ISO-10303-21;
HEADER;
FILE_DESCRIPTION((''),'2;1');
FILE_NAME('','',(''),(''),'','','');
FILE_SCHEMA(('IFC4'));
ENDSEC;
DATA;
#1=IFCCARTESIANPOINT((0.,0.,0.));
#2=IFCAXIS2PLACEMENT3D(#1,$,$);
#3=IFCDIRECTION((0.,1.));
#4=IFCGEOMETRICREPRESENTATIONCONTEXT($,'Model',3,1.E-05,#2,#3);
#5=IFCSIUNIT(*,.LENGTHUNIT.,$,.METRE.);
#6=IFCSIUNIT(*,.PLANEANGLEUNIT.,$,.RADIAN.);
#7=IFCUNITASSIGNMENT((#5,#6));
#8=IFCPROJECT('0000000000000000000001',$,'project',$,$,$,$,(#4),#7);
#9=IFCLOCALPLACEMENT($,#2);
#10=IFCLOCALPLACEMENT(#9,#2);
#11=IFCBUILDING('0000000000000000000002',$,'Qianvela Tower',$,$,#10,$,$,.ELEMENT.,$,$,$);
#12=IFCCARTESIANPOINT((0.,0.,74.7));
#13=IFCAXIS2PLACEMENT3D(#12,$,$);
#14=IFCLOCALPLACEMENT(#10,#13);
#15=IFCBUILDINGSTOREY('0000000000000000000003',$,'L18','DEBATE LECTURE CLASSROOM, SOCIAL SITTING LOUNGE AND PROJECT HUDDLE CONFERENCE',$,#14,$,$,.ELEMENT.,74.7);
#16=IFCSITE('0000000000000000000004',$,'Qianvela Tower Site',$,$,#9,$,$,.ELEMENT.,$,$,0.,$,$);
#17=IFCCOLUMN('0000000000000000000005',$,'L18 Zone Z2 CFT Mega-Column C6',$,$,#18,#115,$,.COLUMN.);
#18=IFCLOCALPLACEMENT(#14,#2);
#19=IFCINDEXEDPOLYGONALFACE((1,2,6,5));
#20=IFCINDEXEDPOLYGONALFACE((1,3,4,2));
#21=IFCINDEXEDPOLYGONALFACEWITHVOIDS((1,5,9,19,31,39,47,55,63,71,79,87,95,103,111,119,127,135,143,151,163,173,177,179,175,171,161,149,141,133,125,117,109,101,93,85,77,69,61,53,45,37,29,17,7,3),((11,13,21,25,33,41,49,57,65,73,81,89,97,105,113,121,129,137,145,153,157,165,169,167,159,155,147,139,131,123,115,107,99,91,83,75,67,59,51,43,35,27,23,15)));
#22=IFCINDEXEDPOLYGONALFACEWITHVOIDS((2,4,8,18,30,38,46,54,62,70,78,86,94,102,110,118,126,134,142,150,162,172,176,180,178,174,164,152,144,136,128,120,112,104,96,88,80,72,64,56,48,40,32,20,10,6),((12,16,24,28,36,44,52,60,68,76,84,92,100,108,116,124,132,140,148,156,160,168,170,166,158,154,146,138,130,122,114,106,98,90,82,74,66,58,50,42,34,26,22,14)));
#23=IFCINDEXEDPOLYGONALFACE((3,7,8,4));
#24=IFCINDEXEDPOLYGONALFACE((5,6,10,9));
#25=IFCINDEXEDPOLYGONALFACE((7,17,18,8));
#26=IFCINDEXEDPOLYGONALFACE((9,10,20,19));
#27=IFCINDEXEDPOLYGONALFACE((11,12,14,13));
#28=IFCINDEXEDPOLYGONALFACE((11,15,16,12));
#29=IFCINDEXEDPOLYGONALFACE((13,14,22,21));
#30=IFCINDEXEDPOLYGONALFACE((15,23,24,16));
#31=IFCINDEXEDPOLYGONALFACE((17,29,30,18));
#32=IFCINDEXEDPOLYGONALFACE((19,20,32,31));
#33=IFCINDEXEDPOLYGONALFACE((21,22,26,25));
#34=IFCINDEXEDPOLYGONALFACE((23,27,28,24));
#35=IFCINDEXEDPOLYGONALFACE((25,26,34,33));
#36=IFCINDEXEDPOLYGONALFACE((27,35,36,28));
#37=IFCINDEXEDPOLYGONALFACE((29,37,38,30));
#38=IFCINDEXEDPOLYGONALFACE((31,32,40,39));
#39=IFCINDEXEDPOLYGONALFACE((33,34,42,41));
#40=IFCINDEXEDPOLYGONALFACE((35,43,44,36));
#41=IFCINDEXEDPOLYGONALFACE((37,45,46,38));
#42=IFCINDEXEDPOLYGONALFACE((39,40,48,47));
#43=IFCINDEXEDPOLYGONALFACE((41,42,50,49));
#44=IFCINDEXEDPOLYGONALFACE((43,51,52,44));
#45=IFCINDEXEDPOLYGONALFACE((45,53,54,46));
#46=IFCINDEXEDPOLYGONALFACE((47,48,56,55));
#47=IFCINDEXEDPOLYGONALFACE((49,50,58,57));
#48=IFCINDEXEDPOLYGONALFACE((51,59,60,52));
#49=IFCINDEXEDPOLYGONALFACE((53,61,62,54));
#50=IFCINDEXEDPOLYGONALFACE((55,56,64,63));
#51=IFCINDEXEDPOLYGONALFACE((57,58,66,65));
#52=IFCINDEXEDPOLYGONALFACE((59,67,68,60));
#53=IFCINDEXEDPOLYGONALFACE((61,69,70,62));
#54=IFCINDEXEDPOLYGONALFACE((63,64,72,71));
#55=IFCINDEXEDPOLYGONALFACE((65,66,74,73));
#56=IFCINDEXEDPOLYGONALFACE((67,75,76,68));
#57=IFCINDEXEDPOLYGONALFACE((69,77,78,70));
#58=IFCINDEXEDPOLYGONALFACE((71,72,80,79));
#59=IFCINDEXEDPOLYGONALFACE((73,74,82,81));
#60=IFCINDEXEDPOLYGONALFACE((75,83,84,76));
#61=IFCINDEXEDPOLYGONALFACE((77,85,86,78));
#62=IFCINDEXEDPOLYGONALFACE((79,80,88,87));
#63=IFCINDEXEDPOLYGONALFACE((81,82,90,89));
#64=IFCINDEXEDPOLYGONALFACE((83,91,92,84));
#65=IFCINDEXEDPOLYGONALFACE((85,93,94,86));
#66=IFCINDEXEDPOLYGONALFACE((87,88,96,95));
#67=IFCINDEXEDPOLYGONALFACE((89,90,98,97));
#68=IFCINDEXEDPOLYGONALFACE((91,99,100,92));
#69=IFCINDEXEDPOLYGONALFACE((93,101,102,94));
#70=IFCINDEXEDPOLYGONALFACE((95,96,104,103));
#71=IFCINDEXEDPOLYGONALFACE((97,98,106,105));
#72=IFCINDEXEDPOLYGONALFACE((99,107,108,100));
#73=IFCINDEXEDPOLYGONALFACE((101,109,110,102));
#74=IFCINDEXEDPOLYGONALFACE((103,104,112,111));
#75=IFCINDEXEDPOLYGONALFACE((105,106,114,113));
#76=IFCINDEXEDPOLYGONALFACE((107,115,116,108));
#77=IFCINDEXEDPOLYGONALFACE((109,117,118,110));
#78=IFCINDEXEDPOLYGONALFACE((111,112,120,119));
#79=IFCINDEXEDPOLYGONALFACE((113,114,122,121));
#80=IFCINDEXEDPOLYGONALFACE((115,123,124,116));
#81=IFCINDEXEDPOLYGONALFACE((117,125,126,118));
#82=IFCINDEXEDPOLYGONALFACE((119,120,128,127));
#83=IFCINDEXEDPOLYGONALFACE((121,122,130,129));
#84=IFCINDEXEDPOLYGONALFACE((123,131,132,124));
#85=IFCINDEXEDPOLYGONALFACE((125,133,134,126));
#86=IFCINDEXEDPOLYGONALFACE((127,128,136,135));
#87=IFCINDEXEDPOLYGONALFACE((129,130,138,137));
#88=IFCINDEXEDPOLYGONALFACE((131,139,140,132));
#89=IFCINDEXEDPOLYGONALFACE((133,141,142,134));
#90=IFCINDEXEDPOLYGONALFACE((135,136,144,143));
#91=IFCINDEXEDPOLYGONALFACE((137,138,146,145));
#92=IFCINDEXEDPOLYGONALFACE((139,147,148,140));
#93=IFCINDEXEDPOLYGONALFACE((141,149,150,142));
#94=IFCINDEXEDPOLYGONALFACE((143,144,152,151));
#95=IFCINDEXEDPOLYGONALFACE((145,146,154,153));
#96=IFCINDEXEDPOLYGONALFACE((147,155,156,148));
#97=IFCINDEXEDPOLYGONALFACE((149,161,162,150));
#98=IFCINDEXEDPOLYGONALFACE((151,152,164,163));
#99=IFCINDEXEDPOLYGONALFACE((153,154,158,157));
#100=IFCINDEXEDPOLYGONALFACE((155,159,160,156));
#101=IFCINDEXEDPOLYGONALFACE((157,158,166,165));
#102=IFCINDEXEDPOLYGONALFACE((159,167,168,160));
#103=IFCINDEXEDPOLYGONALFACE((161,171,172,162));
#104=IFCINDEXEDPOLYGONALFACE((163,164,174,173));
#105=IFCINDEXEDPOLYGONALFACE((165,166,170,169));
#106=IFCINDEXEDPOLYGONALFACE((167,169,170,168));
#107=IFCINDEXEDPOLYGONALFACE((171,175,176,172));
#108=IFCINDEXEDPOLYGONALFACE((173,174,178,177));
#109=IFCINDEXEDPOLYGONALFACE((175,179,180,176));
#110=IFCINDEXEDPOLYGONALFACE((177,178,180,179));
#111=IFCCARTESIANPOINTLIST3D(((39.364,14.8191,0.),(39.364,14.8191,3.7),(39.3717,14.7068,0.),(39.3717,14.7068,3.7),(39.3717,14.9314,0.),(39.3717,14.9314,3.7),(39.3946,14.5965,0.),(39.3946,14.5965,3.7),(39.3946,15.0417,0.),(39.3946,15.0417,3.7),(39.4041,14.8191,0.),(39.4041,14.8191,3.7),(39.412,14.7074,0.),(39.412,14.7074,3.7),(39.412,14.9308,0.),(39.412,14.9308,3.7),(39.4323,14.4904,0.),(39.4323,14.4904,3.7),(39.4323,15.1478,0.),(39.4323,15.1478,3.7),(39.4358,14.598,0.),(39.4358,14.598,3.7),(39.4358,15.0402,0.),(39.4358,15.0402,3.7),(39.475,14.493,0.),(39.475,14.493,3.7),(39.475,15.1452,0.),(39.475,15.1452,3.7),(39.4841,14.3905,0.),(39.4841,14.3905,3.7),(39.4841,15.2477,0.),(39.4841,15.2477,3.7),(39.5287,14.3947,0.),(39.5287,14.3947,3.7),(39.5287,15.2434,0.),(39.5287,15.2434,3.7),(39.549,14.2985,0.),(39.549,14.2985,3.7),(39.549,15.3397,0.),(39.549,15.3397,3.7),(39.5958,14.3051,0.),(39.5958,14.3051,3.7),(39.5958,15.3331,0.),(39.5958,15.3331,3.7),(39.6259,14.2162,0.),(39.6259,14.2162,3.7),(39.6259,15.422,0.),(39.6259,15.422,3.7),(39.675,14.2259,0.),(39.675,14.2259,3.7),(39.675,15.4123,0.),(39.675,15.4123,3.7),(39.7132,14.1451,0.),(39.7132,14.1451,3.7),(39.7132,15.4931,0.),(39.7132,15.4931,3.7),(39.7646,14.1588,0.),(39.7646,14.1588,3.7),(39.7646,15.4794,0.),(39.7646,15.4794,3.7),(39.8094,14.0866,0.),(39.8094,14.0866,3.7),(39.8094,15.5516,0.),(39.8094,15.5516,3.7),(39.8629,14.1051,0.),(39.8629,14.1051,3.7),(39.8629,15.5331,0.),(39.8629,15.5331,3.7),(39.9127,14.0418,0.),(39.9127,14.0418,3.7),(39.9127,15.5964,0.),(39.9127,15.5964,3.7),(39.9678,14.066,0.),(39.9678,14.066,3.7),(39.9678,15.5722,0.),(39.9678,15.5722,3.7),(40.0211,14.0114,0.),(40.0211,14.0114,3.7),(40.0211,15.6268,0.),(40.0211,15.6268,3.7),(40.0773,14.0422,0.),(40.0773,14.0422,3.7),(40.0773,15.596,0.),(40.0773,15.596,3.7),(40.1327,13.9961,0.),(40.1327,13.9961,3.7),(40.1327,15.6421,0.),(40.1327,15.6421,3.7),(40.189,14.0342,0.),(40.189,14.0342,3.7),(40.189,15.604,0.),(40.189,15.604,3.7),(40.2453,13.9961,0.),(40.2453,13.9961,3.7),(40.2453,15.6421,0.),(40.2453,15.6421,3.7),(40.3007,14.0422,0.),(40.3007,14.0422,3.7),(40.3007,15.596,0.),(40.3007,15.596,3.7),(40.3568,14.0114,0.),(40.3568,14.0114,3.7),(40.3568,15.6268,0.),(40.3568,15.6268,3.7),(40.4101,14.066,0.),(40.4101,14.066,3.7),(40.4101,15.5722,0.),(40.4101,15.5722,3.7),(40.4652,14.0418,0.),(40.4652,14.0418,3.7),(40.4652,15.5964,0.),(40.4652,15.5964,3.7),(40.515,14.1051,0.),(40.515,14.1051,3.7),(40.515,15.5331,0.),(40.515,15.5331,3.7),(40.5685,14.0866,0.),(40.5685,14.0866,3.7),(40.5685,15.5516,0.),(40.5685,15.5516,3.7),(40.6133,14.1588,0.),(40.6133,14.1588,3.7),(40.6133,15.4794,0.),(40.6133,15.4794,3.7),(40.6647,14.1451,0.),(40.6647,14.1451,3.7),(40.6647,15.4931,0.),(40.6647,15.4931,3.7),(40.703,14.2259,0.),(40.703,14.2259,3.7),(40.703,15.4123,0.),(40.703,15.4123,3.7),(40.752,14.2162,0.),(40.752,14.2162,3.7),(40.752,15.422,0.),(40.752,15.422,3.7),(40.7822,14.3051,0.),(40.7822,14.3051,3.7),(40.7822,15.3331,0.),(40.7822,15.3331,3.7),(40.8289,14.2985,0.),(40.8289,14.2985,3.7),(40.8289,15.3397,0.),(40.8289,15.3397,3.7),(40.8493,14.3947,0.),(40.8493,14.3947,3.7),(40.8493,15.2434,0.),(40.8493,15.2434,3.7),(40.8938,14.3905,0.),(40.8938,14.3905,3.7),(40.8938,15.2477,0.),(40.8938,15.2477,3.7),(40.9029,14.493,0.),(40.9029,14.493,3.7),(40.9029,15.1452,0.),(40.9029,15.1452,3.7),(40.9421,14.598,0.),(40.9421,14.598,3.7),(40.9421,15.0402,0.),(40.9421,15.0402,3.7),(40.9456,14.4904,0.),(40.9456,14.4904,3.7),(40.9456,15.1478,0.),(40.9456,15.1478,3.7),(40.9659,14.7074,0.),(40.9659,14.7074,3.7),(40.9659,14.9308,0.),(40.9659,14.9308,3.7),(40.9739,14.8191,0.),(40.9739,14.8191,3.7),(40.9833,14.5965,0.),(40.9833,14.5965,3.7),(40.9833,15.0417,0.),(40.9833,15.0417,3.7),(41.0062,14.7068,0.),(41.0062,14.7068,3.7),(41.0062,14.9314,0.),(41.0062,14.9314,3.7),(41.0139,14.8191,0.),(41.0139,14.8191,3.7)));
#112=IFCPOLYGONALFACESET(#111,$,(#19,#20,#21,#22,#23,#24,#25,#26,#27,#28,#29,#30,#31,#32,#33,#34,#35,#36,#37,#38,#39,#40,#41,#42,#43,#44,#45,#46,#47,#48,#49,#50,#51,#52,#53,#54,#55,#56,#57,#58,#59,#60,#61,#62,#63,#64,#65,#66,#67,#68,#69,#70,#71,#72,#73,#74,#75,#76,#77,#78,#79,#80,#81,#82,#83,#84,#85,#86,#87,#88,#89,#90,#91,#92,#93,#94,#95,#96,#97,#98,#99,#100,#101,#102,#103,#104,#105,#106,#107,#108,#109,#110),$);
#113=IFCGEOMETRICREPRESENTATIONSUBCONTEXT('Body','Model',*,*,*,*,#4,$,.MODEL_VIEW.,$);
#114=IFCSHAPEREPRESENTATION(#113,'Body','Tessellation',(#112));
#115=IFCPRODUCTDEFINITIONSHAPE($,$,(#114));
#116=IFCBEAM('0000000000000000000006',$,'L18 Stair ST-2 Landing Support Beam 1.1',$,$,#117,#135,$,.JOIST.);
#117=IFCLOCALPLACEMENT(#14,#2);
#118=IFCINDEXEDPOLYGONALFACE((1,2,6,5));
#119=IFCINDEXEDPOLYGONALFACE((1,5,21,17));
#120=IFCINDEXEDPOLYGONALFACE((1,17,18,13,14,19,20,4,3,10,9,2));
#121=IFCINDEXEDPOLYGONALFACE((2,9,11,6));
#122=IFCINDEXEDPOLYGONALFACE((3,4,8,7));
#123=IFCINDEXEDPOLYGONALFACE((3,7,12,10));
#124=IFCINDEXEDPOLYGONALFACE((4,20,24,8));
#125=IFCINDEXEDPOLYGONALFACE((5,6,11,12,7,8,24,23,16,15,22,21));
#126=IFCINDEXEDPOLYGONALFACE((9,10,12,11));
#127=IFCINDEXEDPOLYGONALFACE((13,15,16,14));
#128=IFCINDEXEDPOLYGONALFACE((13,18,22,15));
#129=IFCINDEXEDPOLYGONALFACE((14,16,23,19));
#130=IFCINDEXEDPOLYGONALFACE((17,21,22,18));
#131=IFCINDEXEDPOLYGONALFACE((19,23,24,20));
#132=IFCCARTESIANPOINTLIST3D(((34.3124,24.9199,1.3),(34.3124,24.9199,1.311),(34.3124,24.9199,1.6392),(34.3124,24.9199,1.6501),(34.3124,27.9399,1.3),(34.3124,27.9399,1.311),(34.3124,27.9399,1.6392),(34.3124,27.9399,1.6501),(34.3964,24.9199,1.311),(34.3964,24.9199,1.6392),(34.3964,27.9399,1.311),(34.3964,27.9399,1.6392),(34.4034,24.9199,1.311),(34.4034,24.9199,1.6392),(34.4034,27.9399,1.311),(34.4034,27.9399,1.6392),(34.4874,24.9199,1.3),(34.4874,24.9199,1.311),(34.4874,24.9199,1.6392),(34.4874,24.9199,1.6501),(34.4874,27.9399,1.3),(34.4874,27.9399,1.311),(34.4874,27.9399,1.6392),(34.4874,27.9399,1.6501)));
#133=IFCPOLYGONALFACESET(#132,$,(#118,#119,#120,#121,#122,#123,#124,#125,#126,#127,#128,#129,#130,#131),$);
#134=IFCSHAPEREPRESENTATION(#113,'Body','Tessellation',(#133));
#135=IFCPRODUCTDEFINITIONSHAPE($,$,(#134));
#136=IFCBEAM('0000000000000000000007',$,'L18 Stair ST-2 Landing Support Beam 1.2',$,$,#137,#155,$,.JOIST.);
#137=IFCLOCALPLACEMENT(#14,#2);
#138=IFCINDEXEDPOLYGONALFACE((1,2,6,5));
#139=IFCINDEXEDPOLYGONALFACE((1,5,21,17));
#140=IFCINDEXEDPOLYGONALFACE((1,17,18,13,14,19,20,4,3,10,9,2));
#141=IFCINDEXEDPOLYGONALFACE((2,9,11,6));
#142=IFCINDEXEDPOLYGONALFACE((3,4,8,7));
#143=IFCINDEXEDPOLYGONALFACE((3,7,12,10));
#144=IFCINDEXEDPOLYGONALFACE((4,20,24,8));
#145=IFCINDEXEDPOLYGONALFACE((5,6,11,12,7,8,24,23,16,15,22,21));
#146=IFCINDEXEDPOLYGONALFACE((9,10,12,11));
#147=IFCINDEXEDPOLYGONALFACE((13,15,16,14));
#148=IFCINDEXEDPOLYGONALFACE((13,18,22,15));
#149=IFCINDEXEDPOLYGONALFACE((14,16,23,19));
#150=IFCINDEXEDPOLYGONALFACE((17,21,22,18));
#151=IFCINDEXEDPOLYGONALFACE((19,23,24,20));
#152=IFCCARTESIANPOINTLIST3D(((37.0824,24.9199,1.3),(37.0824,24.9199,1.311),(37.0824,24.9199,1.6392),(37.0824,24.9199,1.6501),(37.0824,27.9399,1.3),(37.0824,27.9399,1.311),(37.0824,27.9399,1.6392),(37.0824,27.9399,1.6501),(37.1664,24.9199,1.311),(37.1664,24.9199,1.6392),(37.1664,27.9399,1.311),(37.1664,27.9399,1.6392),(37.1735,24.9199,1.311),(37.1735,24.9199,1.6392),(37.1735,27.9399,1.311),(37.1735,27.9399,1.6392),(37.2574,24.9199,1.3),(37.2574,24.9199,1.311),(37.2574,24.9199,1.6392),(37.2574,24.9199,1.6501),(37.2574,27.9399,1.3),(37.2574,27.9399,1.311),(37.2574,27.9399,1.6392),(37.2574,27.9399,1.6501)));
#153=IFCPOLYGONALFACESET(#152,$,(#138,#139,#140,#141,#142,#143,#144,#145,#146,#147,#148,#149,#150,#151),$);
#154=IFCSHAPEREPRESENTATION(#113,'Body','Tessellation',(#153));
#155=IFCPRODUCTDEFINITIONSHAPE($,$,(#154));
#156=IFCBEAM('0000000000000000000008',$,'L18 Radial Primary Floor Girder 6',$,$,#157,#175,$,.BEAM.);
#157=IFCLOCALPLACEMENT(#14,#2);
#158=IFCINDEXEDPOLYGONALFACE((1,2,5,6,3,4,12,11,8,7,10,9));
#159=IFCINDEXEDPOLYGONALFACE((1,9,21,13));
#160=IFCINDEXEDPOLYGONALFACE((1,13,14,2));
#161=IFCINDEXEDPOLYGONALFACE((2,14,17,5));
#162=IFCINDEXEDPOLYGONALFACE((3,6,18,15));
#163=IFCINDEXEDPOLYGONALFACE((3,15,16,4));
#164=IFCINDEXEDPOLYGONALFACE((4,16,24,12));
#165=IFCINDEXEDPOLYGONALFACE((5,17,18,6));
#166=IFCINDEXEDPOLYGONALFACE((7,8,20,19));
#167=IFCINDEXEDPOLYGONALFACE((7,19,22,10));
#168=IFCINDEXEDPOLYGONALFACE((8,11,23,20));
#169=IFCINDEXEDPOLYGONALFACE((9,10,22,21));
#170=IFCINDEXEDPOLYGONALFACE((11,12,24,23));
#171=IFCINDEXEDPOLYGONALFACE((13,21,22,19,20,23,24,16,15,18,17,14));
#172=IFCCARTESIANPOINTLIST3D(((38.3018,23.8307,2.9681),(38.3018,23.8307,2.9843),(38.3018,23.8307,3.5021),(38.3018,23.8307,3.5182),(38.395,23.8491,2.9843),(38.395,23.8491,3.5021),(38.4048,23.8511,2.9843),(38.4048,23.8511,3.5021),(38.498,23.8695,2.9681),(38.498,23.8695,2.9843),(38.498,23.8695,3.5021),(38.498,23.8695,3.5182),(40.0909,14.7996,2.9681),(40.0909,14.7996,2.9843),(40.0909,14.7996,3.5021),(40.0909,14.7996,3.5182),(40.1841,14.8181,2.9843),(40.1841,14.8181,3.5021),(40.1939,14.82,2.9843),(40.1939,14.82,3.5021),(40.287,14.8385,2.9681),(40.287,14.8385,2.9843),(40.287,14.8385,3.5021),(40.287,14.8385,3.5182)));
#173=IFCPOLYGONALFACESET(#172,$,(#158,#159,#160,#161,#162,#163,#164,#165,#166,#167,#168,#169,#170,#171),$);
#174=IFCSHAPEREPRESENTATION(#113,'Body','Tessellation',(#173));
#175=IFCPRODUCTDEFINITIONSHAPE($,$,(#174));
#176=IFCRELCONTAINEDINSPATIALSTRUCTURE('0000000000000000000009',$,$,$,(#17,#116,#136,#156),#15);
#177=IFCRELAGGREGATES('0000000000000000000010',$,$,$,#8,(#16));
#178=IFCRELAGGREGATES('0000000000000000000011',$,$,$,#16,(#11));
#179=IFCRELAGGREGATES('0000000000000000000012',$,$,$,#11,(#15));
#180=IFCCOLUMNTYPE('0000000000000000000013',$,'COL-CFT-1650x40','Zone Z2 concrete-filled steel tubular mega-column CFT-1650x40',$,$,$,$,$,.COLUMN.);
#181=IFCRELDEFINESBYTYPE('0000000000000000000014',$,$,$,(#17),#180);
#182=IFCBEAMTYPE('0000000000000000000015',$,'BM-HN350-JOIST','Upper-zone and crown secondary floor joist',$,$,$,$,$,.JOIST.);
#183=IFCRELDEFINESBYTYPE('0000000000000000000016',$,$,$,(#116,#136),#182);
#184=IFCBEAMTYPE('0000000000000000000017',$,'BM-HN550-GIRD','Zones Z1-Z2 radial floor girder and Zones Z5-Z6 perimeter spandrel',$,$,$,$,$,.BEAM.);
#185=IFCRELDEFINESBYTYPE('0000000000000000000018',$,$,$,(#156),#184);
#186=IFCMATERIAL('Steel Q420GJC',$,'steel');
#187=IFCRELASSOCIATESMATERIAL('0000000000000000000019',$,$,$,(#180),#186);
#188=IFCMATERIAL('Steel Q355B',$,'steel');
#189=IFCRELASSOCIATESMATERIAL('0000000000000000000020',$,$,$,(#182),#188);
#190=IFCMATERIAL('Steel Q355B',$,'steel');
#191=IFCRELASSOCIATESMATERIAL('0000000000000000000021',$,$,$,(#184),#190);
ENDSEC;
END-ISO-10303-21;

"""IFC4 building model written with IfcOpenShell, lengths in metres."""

from ifc_helpers import new_model, si_unit, direction, frame, origin, origin_2d, place, context, subcontext, project, spatial, hollow_circle, i_section, extrude, material, material_profile, profile_set, type_object, element, save


model = new_model("IFC4")

# Units and contexts
model_context = context("Model", 3, precision=1e-05, world=origin(), true_north=direction((0.0, 1.0)))
body_context = subcontext(model_context, "Body", "Model", "MODEL_VIEW")
ifc_project = project(units=[si_unit("LENGTHUNIT", "METRE"), si_unit("PLANEANGLEUNIT", "RADIAN")], contexts=[model_context])

# Site, building, storey
site_placement = place(None, origin())
site = spatial("IfcSite", under=ifc_project, at=site_placement, Name="Qianvela Tower Site", CompositionType="ELEMENT", RefElevation=0.0)
building_placement = place(site_placement, origin())
building = spatial("IfcBuilding", under=site, at=building_placement, Name="Qianvela Tower", CompositionType="ELEMENT")
storey_placement = place(building_placement, frame((0.0, 0.0, 74.7)))
storey = spatial("IfcBuildingStorey", under=building, at=storey_placement, Name="L18", Description="DEBATE LECTURE CLASSROOM, SOCIAL SITTING LOUNGE AND PROJECT HUDDLE CONFERENCE", CompositionType="ELEMENT", Elevation=74.7)

# Column
ifc_material_1 = material(Name="Steel Q420GJC", Category="steel")
ifc_material_profile_1 = material_profile(ifc_material_1, hollow_circle(Radius=0.825, WallThickness=0.04, at=origin_2d()), Name="CFT-1650x40")
ifc_profile_set_1 = profile_set([ifc_material_profile_1], Name="Steel Q420GJC")
column_type = type_object("IfcColumnType", Name="COL-CFT-1650x40", Description="Zone Z2 concrete-filled steel tubular mega-column CFT-1650x40", PredefinedType="COLUMN", material=ifc_profile_set_1)
for number, where, z_axis, x_axis, name in (
    (1, (40.189, 14.8191, 0.0), (0.0, 0.0, 1.0), (1.0, 0.0, 0.0), "L18 Zone Z2 CFT Mega-Column C6"),
):
    element("IfcColumn", number, at=place(storey_placement, frame(where, z_axis=z_axis, x_axis=x_axis)), inside=storey, type_object=column_type, Name=name, PredefinedType="COLUMN", context=body_context, shape_type="SweptSolid", body=[
        extrude(hollow_circle(Radius=0.825, WallThickness=0.04, at=origin_2d()), origin(), (0.0, 0.0, 1.0), 3.7),
    ])

# Beams
ifc_material_2 = material(Name="Steel Q355B", Category="steel")
ifc_material_profile_2 = material_profile(ifc_material_2, i_section(OverallWidth=0.175, OverallDepth=0.3501, WebThickness=0.0071, FlangeThickness=0.011, at=origin_2d()), Name="HN350x175x7x11")
ifc_profile_set_2 = profile_set([ifc_material_profile_2], Name="Steel Q355B")
beam_type_1 = type_object("IfcBeamType", Name="BM-HN350-JOIST", Description="Upper-zone and crown secondary floor joist", PredefinedType="JOIST", material=ifc_profile_set_2)
for number, where, z_axis, x_axis, name in (
    (2, (34.3999, 24.9199, 1.4751), (0.0, 1.0, 0.0), (-1.0, 0.0, 0.0), "L18 Stair ST-2 Landing Support Beam 1.1"),
    (3, (37.1699, 24.9199, 1.4751), (0.0, 1.0, 0.0), (-1.0, 0.0, 0.0), "L18 Stair ST-2 Landing Support Beam 1.2"),
):
    element("IfcBeam", number, at=place(storey_placement, frame(where, z_axis=z_axis, x_axis=x_axis)), inside=storey, type_object=beam_type_1, Name=name, PredefinedType="JOIST", context=body_context, shape_type="SweptSolid", body=[
        extrude(i_section(OverallWidth=0.175, OverallDepth=0.3501, WebThickness=0.0071, FlangeThickness=0.011, at=origin_2d()), origin(), (0.0, 0.0, 1.0), 3.02),
    ])
ifc_material_3 = material(Name="Steel Q355B", Category="steel")
ifc_material_profile_3 = material_profile(ifc_material_3, i_section(OverallWidth=0.2, OverallDepth=0.55, WebThickness=0.01, FlangeThickness=0.0161, at=origin_2d()), Name="HN550x200x10x16")
ifc_profile_set_3 = profile_set([ifc_material_profile_3], Name="Steel Q355B")
beam_type_2 = type_object("IfcBeamType", Name="BM-HN550-GIRD", Description="Zones Z1-Z2 radial floor girder and Zones Z5-Z6 perimeter spandrel", PredefinedType="BEAM", material=ifc_profile_set_3)
beam_1_placement = place(storey_placement, frame((38.3999, 23.8501, 3.2432), z_axis=(0.194326, -0.980937, 0.0), x_axis=(0.980937, 0.194326, 0.0)))
element("IfcBeam", 4, at=beam_1_placement, inside=storey, type_object=beam_type_2, Name="L18 Radial Primary Floor Girder 6", PredefinedType="BEAM", context=body_context, shape_type="SweptSolid", body=[
    extrude(i_section(OverallWidth=0.2, OverallDepth=0.55, WebThickness=0.01, FlangeThickness=0.0161, at=origin_2d()), origin(), (0.0, 0.0, 1.0), 9.2065),
])

save(model, "model.ifc")
